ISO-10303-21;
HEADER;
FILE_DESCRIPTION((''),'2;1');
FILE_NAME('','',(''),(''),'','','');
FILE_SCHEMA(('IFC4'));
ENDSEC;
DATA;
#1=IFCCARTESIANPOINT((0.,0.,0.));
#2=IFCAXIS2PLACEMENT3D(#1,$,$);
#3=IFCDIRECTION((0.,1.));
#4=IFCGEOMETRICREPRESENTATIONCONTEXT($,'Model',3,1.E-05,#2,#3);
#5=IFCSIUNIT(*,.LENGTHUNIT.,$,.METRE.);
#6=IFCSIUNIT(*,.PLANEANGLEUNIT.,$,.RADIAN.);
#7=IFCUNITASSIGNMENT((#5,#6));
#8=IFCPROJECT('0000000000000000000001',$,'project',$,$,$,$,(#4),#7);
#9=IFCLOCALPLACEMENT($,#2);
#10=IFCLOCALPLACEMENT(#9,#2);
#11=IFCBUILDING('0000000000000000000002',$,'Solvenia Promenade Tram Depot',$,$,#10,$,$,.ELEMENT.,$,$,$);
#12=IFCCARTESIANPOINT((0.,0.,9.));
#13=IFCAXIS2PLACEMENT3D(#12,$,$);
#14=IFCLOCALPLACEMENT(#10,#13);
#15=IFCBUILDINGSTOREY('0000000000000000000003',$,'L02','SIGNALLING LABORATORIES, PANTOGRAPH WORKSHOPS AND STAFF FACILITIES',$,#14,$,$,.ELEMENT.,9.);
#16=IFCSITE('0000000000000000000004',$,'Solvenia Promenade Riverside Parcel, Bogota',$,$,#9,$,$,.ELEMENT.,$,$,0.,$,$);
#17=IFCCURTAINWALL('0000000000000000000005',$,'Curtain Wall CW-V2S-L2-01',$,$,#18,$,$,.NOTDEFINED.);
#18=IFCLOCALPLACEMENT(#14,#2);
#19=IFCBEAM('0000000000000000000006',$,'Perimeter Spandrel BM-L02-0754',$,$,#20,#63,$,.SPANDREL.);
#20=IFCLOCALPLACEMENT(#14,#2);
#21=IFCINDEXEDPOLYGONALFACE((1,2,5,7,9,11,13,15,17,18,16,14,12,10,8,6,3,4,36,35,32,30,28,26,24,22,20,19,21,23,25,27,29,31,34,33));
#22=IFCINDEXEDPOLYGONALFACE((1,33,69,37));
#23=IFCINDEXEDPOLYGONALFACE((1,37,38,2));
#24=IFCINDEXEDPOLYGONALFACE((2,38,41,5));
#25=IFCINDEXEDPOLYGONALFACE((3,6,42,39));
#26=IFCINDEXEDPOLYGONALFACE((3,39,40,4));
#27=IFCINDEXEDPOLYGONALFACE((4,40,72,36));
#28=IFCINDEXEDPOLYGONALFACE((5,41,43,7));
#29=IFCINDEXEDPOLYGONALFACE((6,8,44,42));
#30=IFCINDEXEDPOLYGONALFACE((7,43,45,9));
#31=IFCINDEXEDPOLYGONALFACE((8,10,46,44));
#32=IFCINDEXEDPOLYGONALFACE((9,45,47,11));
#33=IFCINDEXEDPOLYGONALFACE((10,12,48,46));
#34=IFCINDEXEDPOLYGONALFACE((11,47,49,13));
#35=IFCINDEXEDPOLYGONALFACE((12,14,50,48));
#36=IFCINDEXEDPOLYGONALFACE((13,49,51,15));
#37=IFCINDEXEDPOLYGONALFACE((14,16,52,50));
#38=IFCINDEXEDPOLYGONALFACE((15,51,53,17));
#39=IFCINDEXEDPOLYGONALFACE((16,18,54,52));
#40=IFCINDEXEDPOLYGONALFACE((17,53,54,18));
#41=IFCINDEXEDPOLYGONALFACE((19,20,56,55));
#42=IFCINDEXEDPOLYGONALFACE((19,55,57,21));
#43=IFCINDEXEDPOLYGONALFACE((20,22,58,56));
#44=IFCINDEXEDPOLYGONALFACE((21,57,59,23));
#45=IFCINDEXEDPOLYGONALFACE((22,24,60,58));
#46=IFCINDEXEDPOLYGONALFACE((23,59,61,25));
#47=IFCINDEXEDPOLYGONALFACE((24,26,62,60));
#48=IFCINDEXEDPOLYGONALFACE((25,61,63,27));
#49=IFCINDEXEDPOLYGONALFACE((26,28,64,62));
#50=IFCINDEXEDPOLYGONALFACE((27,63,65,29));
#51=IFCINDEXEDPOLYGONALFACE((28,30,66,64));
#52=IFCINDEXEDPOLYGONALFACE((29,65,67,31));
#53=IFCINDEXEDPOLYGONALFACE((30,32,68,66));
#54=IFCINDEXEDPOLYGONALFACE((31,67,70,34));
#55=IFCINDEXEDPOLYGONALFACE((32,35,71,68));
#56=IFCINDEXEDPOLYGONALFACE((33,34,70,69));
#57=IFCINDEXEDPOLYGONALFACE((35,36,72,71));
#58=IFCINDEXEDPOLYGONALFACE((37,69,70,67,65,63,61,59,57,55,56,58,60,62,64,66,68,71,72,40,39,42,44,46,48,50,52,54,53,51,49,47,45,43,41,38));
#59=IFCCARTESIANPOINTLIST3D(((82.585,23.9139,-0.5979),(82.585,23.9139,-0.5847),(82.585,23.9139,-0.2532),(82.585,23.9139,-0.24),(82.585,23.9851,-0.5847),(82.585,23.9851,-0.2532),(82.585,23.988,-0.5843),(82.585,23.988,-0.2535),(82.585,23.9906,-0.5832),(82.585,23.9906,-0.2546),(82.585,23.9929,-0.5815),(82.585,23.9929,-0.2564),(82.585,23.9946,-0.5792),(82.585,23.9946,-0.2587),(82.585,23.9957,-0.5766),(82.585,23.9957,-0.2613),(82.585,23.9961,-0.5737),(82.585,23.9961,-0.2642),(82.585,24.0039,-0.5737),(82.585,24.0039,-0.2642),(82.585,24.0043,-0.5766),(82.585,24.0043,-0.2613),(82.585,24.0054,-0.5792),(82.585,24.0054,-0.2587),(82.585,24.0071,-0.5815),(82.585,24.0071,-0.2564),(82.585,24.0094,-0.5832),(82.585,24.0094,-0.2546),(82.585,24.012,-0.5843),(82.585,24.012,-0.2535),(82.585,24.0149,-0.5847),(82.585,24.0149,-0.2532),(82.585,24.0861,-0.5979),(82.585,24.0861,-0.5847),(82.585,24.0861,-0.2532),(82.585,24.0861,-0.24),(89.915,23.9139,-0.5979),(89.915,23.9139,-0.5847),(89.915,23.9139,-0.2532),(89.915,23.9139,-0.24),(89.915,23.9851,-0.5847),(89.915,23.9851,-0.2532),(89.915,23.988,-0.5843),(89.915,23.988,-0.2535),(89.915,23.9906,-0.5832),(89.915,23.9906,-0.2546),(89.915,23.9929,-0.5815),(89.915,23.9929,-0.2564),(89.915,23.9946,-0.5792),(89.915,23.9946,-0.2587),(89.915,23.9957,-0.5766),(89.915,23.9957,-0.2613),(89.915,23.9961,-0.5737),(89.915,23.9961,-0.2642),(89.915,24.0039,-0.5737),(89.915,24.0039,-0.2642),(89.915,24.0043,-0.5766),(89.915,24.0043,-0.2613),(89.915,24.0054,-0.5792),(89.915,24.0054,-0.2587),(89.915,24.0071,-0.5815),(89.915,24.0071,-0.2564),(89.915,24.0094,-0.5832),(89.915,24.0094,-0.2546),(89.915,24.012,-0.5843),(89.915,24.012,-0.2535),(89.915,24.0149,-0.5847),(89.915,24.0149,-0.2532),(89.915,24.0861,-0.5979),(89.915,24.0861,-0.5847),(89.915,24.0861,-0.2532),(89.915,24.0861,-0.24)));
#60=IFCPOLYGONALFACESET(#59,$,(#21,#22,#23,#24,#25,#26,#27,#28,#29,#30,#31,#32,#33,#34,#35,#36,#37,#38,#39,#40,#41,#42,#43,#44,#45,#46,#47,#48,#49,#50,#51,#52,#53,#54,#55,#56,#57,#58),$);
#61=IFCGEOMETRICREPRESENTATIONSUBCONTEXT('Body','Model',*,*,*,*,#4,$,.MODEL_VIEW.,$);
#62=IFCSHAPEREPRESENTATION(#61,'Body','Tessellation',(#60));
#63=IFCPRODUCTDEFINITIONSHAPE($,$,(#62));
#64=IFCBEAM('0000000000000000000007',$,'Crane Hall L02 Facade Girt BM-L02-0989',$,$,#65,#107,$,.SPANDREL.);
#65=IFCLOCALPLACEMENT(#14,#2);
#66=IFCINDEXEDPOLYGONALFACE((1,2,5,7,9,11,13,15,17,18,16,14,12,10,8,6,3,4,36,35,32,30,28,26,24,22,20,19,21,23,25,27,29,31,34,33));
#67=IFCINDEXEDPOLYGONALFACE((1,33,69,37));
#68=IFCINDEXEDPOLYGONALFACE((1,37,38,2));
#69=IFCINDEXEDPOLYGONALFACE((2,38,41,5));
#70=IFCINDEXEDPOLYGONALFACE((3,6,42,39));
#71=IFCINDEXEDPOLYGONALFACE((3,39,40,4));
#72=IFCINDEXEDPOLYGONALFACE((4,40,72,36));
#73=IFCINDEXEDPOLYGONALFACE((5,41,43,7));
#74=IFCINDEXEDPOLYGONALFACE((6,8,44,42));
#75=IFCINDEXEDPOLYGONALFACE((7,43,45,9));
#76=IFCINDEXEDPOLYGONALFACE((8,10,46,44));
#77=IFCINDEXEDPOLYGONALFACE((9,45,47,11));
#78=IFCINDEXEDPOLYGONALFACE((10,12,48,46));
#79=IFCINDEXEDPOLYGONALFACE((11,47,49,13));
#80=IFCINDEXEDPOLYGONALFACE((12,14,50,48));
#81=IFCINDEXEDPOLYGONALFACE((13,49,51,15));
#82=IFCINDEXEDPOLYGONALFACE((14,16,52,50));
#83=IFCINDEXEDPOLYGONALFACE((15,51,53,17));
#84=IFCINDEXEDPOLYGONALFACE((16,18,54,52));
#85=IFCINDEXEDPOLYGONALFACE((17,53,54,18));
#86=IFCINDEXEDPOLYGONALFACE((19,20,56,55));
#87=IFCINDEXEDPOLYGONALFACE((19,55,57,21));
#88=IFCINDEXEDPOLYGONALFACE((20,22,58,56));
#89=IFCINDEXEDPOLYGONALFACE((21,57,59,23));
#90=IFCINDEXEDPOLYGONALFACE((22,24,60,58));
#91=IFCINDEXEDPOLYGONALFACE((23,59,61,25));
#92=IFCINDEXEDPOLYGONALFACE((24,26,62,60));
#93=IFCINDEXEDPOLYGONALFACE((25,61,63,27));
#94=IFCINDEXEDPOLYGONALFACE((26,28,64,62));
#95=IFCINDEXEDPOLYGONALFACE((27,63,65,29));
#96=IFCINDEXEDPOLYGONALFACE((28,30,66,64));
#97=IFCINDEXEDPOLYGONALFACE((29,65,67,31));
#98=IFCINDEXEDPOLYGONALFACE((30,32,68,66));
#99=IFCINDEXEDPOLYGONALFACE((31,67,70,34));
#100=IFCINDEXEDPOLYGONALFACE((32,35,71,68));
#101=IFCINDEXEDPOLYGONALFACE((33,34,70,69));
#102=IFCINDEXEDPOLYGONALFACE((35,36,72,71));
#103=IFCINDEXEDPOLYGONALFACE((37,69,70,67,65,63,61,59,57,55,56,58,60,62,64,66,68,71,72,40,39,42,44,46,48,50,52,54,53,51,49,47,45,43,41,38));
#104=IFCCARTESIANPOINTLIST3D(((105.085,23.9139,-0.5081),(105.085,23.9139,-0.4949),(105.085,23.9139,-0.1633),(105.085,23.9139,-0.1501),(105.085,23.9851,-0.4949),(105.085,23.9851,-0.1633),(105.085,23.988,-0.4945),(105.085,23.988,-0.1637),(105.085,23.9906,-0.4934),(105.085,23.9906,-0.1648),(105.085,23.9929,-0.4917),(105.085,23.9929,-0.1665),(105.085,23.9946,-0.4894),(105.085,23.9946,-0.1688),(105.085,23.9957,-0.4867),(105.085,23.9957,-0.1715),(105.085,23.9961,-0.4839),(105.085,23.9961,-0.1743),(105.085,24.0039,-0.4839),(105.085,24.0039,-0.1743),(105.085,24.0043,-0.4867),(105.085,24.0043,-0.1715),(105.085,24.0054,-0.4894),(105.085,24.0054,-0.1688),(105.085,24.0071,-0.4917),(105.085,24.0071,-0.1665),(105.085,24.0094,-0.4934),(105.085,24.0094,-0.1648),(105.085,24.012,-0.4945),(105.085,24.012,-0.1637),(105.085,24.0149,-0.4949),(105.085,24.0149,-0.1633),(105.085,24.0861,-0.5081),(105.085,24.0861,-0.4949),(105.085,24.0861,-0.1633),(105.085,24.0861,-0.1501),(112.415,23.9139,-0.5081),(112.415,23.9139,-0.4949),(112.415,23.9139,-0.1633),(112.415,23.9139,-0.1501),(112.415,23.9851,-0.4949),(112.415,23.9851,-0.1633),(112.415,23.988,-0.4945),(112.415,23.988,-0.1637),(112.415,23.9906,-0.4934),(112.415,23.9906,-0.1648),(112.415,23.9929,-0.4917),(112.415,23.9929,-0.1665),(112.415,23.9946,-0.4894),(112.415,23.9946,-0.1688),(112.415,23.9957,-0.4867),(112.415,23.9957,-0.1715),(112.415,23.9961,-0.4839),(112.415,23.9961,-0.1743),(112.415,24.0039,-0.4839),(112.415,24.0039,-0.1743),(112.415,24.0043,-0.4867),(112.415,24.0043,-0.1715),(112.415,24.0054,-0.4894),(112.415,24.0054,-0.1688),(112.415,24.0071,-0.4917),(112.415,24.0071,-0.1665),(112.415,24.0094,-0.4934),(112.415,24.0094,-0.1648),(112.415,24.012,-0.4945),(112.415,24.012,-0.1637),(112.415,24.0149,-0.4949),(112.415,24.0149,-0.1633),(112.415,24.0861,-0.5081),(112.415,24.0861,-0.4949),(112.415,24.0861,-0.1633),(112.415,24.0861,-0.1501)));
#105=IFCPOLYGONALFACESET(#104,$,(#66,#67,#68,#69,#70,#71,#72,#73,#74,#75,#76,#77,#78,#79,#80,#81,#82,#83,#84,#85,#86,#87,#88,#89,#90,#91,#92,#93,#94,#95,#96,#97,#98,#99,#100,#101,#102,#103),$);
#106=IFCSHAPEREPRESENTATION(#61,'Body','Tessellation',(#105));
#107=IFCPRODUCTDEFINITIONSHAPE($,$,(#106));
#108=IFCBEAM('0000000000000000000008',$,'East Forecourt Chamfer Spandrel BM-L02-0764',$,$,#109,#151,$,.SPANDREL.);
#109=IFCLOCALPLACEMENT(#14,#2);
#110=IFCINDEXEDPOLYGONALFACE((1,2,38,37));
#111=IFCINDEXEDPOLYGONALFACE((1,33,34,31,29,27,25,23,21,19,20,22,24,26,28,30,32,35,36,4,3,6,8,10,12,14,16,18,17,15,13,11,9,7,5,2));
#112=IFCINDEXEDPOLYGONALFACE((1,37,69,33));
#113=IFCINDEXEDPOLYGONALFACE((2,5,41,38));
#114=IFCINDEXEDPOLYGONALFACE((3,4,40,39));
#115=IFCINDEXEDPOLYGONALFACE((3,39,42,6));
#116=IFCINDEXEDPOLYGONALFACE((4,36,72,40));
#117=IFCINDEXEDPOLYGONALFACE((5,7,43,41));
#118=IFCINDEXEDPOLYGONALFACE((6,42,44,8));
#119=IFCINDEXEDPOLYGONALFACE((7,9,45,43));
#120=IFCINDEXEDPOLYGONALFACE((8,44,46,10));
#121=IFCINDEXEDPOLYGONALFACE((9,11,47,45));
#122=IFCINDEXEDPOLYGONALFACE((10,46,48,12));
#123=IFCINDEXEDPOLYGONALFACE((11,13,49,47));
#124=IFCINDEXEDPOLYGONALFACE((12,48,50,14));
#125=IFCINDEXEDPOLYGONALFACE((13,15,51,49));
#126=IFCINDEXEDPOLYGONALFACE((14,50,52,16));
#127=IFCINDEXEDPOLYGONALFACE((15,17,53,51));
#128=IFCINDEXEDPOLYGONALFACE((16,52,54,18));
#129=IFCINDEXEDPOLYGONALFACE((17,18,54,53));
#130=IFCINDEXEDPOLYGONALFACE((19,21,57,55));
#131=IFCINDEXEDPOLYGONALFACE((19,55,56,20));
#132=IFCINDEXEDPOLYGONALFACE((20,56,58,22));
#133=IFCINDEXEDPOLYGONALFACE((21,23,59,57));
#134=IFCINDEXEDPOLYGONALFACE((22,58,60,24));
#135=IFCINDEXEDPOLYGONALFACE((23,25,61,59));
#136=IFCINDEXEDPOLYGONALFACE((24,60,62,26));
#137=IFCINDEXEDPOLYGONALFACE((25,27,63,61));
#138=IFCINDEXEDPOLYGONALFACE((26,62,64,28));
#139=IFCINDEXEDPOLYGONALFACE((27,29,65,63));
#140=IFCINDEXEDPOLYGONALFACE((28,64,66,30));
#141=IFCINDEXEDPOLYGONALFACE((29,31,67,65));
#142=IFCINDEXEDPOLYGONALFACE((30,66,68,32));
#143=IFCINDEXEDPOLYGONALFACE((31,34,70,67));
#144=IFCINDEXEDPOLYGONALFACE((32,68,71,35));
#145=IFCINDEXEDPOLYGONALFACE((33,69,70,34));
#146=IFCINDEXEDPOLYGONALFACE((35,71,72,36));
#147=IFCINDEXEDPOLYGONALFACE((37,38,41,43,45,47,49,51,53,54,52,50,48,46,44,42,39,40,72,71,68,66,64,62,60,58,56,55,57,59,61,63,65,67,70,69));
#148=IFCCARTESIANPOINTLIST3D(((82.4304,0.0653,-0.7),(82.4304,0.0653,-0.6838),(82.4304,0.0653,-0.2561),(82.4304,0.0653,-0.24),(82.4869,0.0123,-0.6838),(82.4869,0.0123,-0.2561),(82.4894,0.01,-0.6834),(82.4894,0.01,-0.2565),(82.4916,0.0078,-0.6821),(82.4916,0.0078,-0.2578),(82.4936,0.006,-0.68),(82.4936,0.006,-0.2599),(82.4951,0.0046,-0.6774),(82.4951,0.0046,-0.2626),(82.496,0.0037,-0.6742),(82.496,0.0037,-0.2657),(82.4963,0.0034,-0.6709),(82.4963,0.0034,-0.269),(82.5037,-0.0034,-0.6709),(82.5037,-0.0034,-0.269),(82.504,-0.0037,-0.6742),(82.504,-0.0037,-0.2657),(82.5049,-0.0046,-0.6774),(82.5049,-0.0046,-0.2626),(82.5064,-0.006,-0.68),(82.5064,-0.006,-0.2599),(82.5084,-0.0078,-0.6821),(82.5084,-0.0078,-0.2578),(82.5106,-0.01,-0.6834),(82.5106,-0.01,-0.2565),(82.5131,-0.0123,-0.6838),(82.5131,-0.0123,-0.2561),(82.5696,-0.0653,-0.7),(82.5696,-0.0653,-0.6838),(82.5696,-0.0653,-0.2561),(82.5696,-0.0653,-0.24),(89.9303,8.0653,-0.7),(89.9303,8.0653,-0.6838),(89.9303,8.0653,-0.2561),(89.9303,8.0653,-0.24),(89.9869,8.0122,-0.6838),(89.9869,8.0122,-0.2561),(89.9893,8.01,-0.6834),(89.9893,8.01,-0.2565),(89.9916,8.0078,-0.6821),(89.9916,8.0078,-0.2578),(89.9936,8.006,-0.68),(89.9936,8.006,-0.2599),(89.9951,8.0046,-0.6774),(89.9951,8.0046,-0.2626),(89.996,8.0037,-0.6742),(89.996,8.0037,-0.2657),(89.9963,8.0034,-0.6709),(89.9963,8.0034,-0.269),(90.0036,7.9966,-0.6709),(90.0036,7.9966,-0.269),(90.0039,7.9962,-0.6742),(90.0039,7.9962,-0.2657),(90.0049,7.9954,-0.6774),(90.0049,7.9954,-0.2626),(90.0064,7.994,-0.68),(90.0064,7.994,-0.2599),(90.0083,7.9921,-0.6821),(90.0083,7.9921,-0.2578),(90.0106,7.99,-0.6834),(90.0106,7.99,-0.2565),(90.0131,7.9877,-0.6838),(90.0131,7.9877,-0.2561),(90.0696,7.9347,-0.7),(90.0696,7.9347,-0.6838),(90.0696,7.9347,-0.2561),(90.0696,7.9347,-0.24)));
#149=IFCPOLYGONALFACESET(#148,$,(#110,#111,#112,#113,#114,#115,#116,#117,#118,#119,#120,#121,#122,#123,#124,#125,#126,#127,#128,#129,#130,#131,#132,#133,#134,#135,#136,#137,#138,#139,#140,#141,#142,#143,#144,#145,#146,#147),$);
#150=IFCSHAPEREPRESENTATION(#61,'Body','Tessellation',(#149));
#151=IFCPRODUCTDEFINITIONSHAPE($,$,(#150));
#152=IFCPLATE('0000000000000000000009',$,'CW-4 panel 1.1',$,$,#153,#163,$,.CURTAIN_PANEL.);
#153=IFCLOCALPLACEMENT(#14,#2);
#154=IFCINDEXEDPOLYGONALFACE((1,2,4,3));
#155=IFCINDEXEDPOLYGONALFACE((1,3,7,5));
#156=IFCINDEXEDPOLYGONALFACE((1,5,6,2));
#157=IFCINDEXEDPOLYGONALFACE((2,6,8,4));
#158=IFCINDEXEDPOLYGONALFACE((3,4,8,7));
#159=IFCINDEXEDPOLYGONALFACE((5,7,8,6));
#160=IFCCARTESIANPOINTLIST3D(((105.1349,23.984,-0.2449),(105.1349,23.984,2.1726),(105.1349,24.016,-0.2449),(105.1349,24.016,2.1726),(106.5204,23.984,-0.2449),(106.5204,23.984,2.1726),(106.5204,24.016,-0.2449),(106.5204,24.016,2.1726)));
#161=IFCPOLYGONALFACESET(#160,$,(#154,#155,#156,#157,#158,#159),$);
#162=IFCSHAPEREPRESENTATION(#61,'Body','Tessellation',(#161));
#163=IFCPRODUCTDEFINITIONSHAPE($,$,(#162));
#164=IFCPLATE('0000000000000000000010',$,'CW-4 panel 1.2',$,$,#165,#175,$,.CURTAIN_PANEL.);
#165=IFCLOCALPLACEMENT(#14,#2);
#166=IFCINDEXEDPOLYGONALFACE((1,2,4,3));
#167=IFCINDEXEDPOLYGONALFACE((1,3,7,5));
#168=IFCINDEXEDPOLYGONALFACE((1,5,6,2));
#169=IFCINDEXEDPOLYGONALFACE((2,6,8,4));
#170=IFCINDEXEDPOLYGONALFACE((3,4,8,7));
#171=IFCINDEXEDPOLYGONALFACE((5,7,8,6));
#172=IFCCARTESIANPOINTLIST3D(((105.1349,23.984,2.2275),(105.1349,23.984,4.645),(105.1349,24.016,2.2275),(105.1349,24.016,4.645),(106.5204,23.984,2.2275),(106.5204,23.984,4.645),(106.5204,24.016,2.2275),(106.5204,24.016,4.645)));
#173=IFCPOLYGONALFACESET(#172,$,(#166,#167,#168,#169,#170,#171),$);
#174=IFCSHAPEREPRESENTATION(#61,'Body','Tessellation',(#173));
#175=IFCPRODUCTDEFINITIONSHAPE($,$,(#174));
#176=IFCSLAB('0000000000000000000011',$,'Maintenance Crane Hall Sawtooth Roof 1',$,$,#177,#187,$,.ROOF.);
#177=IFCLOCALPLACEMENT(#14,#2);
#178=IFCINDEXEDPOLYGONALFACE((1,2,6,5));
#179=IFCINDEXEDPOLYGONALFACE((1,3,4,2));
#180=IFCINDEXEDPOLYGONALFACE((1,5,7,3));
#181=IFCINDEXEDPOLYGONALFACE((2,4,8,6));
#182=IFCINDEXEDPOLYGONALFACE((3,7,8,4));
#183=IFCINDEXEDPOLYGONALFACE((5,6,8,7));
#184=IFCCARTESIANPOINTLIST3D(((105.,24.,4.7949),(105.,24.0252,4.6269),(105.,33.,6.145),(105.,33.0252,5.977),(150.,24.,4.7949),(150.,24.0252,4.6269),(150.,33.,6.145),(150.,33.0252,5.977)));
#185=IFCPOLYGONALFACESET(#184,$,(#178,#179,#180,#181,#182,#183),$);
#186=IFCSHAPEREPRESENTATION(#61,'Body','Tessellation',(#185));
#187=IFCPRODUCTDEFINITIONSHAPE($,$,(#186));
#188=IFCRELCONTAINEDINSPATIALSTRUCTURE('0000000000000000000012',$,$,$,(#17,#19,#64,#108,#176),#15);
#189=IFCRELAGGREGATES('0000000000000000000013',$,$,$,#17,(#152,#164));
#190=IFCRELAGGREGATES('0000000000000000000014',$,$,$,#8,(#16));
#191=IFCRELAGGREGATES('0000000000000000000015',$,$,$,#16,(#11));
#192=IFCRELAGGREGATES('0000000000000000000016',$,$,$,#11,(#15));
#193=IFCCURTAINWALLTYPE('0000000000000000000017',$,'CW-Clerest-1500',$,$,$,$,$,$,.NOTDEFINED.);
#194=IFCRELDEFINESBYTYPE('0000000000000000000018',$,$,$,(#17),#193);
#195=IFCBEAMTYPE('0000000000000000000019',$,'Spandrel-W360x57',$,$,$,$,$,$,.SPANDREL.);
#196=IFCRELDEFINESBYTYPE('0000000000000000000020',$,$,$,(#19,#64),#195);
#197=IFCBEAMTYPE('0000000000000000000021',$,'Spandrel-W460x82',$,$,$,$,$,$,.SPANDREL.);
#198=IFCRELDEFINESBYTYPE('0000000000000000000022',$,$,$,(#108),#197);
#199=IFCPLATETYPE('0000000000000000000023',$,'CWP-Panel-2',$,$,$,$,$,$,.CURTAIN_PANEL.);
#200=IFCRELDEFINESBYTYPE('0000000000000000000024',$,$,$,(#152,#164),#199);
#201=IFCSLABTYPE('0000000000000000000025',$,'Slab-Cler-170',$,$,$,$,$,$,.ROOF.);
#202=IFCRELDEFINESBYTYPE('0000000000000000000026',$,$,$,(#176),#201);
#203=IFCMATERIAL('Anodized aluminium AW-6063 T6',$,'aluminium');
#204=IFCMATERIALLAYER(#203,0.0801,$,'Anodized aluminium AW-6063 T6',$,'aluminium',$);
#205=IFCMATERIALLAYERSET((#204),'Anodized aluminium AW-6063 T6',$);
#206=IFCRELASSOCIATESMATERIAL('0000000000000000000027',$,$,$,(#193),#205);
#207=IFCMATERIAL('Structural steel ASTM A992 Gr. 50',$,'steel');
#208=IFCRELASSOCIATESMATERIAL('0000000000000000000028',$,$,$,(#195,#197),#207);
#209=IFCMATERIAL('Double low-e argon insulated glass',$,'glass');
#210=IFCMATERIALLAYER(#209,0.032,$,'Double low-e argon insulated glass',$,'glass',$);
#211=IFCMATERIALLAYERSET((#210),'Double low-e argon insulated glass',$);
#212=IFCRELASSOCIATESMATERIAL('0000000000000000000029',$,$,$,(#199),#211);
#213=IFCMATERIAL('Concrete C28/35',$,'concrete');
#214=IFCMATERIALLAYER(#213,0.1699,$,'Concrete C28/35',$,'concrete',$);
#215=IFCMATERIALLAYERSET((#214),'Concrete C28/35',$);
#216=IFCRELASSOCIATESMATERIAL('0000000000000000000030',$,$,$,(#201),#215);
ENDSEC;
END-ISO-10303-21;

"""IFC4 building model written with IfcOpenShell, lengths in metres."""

from ifc_helpers import new_model, si_unit, direction, frame, origin, origin_2d, place, context, subcontext, project, spatial, polyline, rectangle, i_section, outline, extrude, material, layer, layer_set, material_profile, profile_set, type_object, element, aggregate, save


model = new_model("IFC4")

# Units and contexts
model_context = context("Model", 3, precision=1e-05, world=origin(), true_north=direction((0.0, 1.0)))
body_context = subcontext(model_context, "Body", "Model", "MODEL_VIEW")
ifc_project = project(units=[si_unit("LENGTHUNIT", "METRE"), si_unit("PLANEANGLEUNIT", "RADIAN")], contexts=[model_context])

# Site, building, storey
site_placement = place(None, origin())
site = spatial("IfcSite", under=ifc_project, at=site_placement, Name="Solvenia Promenade Riverside Parcel, Bogota", CompositionType="ELEMENT", RefElevation=0.0)
building_placement = place(site_placement, origin())
building = spatial("IfcBuilding", under=site, at=building_placement, Name="Solvenia Promenade Tram Depot", CompositionType="ELEMENT")
storey_placement = place(building_placement, frame((0.0, 0.0, 9.0)))
storey = spatial("IfcBuildingStorey", under=building, at=storey_placement, Name="L02", Description="SIGNALLING LABORATORIES, PANTOGRAPH WORKSHOPS AND STAFF FACILITIES", CompositionType="ELEMENT", Elevation=9.0)

# Shared definitions
ifc_material_1 = material(Name="Structural steel ASTM A992 Gr. 50", Category="steel")

# Curtain wall
ifc_material_2 = material(Name="Anodized aluminium AW-6063 T6", Category="aluminium")
ifc_layer_1 = layer(ifc_material_2, 0.0801, Name="Anodized aluminium AW-6063 T6", Category="aluminium")
ifc_layer_set_1 = layer_set([ifc_layer_1], Name="Anodized aluminium AW-6063 T6")
curtain_wall_type = type_object("IfcCurtainWallType", Name="CW-Clerest-1500", PredefinedType="NOTDEFINED", material=ifc_layer_set_1)
curtain_wall_placement = place(storey_placement, origin())
curtain_wall = element("IfcCurtainWall", 1, at=curtain_wall_placement, inside=storey, type_object=curtain_wall_type, Name="Curtain Wall CW-V2S-L2-01", PredefinedType="NOTDEFINED")

# Beams
ifc_material_profile_1 = material_profile(ifc_material_1, i_section(OverallWidth=0.1721, OverallDepth=0.3579, WebThickness=0.0078, FlangeThickness=0.0132, FilletRadius=0.011, at=origin_2d()), Name="W360x57", Category="steel")
ifc_profile_set_1 = profile_set([ifc_material_profile_1], Name="Structural steel ASTM A992 Gr. 50")
beam_type_1 = type_object("IfcBeamType", Name="Spandrel-W360x57", PredefinedType="SPANDREL", material=ifc_profile_set_1)
for number, where, z_axis, x_axis, name in (
    (2, (82.585, 24.0, -0.4189), (1.0, 0.0, 0.0), (0.0, 1.0, 0.0), "Perimeter Spandrel BM-L02-0754"),
    (3, (105.085, 24.0, -0.3291), (1.0, 0.0, 0.0), (0.0, 1.0, 0.0), "Crane Hall L02 Facade Girt BM-L02-0989"),
):
    element("IfcBeam", number, at=place(storey_placement, frame(where, z_axis=z_axis, x_axis=x_axis)), inside=storey, type_object=beam_type_1, Name=name, PredefinedType="SPANDREL", context=body_context, shape_type="SweptSolid", body=[
        extrude(i_section(OverallWidth=0.1721, OverallDepth=0.3579, WebThickness=0.0078, FlangeThickness=0.0132, FilletRadius=0.011, at=origin_2d()), origin(), (0.0, 0.0, 1.0), 7.3301),
    ])
ifc_material_profile_2 = material_profile(ifc_material_1, i_section(OverallWidth=0.1909, OverallDepth=0.46, WebThickness=0.01, FlangeThickness=0.0161, FilletRadius=0.0129, at=origin_2d()), Name="W460x82", Category="steel")
ifc_profile_set_2 = profile_set([ifc_material_profile_2], Name="Structural steel ASTM A992 Gr. 50")
beam_type_2 = type_object("IfcBeamType", Name="Spandrel-W460x82", PredefinedType="SPANDREL", material=ifc_profile_set_2)
beam_1_placement = place(storey_placement, frame((82.5, 0.0, -0.47), z_axis=(0.683941, 0.729537, 0.0), x_axis=(-0.729537, 0.683941, 0.0)))
element("IfcBeam", 4, at=beam_1_placement, inside=storey, type_object=beam_type_2, Name="East Forecourt Chamfer Spandrel BM-L02-0764", PredefinedType="SPANDREL", context=body_context, shape_type="SweptSolid", body=[
    extrude(i_section(OverallWidth=0.1909, OverallDepth=0.46, WebThickness=0.01, FlangeThickness=0.0161, FilletRadius=0.0129, at=origin_2d()), origin(), (0.0, 0.0, 1.0), 10.9658),
])

# Plates
ifc_material_3 = material(Name="Double low-e argon insulated glass", Category="glass")
ifc_layer_2 = layer(ifc_material_3, 0.032, Name="Double low-e argon insulated glass", Category="glass")
ifc_layer_set_2 = layer_set([ifc_layer_2], Name="Double low-e argon insulated glass")
plate_type = type_object("IfcPlateType", Name="CWP-Panel-2", PredefinedType="CURTAIN_PANEL", material=ifc_layer_set_2)
plate_1_placement = place(storey_placement, frame((105.8276, 24.0, -0.2449), z_axis=(0.0, 0.0, 1.0), x_axis=(1.0, 0.0, 0.0)))
plate_1 = element("IfcPlate", 5, at=plate_1_placement, type_object=plate_type, Name="CW-4 panel 1.1", PredefinedType="CURTAIN_PANEL", context=body_context, shape_type="SweptSolid", body=[
    extrude(rectangle(XDim=1.3855, YDim=0.032, at=origin_2d()), origin(), (0.0, 0.0, 1.0), 2.4175),
])
plate_2_placement = place(storey_placement, frame((105.8276, 24.0, 2.2275), z_axis=(0.0, 0.0, 1.0), x_axis=(1.0, 0.0, 0.0)))
plate_2 = element("IfcPlate", 6, at=plate_2_placement, type_object=plate_type, Name="CW-4 panel 1.2", PredefinedType="CURTAIN_PANEL", context=body_context, shape_type="SweptSolid", body=[
    extrude(rectangle(XDim=1.3855, YDim=0.032, at=origin_2d()), origin(), (0.0, 0.0, 1.0), 2.4175),
])
aggregate(curtain_wall, [plate_1, plate_2])

# Slab
ifc_material_4 = material(Name="Concrete C28/35", Category="concrete")
ifc_layer_3 = layer(ifc_material_4, 0.1699, Name="Concrete C28/35", Category="concrete")
ifc_layer_set_3 = layer_set([ifc_layer_3], Name="Concrete C28/35")
slab_type = type_object("IfcSlabType", Name="Slab-Cler-170", PredefinedType="ROOF", material=ifc_layer_set_3)
slab_placement = place(storey_placement, frame((105.0, 24.0, 4.7949), z_axis=(0.0, -0.148351, 0.988935), x_axis=(1.0, 0.0, 0.0)))
element("IfcSlab", 7, at=slab_placement, inside=storey, type_object=slab_type, Name="Maintenance Crane Hall Sawtooth Roof 1", PredefinedType="ROOF", context=body_context, shape_type="SweptSolid", body=[
    extrude(outline(polyline([(0.0, 0.0), (45.0, 0.0), (45.0, 9.1007), (0.0, 9.1007), (0.0, 0.0)])), origin(), (0.0, 0.0, -1.0), 0.1699),
])

save(model, "model.ifc")
